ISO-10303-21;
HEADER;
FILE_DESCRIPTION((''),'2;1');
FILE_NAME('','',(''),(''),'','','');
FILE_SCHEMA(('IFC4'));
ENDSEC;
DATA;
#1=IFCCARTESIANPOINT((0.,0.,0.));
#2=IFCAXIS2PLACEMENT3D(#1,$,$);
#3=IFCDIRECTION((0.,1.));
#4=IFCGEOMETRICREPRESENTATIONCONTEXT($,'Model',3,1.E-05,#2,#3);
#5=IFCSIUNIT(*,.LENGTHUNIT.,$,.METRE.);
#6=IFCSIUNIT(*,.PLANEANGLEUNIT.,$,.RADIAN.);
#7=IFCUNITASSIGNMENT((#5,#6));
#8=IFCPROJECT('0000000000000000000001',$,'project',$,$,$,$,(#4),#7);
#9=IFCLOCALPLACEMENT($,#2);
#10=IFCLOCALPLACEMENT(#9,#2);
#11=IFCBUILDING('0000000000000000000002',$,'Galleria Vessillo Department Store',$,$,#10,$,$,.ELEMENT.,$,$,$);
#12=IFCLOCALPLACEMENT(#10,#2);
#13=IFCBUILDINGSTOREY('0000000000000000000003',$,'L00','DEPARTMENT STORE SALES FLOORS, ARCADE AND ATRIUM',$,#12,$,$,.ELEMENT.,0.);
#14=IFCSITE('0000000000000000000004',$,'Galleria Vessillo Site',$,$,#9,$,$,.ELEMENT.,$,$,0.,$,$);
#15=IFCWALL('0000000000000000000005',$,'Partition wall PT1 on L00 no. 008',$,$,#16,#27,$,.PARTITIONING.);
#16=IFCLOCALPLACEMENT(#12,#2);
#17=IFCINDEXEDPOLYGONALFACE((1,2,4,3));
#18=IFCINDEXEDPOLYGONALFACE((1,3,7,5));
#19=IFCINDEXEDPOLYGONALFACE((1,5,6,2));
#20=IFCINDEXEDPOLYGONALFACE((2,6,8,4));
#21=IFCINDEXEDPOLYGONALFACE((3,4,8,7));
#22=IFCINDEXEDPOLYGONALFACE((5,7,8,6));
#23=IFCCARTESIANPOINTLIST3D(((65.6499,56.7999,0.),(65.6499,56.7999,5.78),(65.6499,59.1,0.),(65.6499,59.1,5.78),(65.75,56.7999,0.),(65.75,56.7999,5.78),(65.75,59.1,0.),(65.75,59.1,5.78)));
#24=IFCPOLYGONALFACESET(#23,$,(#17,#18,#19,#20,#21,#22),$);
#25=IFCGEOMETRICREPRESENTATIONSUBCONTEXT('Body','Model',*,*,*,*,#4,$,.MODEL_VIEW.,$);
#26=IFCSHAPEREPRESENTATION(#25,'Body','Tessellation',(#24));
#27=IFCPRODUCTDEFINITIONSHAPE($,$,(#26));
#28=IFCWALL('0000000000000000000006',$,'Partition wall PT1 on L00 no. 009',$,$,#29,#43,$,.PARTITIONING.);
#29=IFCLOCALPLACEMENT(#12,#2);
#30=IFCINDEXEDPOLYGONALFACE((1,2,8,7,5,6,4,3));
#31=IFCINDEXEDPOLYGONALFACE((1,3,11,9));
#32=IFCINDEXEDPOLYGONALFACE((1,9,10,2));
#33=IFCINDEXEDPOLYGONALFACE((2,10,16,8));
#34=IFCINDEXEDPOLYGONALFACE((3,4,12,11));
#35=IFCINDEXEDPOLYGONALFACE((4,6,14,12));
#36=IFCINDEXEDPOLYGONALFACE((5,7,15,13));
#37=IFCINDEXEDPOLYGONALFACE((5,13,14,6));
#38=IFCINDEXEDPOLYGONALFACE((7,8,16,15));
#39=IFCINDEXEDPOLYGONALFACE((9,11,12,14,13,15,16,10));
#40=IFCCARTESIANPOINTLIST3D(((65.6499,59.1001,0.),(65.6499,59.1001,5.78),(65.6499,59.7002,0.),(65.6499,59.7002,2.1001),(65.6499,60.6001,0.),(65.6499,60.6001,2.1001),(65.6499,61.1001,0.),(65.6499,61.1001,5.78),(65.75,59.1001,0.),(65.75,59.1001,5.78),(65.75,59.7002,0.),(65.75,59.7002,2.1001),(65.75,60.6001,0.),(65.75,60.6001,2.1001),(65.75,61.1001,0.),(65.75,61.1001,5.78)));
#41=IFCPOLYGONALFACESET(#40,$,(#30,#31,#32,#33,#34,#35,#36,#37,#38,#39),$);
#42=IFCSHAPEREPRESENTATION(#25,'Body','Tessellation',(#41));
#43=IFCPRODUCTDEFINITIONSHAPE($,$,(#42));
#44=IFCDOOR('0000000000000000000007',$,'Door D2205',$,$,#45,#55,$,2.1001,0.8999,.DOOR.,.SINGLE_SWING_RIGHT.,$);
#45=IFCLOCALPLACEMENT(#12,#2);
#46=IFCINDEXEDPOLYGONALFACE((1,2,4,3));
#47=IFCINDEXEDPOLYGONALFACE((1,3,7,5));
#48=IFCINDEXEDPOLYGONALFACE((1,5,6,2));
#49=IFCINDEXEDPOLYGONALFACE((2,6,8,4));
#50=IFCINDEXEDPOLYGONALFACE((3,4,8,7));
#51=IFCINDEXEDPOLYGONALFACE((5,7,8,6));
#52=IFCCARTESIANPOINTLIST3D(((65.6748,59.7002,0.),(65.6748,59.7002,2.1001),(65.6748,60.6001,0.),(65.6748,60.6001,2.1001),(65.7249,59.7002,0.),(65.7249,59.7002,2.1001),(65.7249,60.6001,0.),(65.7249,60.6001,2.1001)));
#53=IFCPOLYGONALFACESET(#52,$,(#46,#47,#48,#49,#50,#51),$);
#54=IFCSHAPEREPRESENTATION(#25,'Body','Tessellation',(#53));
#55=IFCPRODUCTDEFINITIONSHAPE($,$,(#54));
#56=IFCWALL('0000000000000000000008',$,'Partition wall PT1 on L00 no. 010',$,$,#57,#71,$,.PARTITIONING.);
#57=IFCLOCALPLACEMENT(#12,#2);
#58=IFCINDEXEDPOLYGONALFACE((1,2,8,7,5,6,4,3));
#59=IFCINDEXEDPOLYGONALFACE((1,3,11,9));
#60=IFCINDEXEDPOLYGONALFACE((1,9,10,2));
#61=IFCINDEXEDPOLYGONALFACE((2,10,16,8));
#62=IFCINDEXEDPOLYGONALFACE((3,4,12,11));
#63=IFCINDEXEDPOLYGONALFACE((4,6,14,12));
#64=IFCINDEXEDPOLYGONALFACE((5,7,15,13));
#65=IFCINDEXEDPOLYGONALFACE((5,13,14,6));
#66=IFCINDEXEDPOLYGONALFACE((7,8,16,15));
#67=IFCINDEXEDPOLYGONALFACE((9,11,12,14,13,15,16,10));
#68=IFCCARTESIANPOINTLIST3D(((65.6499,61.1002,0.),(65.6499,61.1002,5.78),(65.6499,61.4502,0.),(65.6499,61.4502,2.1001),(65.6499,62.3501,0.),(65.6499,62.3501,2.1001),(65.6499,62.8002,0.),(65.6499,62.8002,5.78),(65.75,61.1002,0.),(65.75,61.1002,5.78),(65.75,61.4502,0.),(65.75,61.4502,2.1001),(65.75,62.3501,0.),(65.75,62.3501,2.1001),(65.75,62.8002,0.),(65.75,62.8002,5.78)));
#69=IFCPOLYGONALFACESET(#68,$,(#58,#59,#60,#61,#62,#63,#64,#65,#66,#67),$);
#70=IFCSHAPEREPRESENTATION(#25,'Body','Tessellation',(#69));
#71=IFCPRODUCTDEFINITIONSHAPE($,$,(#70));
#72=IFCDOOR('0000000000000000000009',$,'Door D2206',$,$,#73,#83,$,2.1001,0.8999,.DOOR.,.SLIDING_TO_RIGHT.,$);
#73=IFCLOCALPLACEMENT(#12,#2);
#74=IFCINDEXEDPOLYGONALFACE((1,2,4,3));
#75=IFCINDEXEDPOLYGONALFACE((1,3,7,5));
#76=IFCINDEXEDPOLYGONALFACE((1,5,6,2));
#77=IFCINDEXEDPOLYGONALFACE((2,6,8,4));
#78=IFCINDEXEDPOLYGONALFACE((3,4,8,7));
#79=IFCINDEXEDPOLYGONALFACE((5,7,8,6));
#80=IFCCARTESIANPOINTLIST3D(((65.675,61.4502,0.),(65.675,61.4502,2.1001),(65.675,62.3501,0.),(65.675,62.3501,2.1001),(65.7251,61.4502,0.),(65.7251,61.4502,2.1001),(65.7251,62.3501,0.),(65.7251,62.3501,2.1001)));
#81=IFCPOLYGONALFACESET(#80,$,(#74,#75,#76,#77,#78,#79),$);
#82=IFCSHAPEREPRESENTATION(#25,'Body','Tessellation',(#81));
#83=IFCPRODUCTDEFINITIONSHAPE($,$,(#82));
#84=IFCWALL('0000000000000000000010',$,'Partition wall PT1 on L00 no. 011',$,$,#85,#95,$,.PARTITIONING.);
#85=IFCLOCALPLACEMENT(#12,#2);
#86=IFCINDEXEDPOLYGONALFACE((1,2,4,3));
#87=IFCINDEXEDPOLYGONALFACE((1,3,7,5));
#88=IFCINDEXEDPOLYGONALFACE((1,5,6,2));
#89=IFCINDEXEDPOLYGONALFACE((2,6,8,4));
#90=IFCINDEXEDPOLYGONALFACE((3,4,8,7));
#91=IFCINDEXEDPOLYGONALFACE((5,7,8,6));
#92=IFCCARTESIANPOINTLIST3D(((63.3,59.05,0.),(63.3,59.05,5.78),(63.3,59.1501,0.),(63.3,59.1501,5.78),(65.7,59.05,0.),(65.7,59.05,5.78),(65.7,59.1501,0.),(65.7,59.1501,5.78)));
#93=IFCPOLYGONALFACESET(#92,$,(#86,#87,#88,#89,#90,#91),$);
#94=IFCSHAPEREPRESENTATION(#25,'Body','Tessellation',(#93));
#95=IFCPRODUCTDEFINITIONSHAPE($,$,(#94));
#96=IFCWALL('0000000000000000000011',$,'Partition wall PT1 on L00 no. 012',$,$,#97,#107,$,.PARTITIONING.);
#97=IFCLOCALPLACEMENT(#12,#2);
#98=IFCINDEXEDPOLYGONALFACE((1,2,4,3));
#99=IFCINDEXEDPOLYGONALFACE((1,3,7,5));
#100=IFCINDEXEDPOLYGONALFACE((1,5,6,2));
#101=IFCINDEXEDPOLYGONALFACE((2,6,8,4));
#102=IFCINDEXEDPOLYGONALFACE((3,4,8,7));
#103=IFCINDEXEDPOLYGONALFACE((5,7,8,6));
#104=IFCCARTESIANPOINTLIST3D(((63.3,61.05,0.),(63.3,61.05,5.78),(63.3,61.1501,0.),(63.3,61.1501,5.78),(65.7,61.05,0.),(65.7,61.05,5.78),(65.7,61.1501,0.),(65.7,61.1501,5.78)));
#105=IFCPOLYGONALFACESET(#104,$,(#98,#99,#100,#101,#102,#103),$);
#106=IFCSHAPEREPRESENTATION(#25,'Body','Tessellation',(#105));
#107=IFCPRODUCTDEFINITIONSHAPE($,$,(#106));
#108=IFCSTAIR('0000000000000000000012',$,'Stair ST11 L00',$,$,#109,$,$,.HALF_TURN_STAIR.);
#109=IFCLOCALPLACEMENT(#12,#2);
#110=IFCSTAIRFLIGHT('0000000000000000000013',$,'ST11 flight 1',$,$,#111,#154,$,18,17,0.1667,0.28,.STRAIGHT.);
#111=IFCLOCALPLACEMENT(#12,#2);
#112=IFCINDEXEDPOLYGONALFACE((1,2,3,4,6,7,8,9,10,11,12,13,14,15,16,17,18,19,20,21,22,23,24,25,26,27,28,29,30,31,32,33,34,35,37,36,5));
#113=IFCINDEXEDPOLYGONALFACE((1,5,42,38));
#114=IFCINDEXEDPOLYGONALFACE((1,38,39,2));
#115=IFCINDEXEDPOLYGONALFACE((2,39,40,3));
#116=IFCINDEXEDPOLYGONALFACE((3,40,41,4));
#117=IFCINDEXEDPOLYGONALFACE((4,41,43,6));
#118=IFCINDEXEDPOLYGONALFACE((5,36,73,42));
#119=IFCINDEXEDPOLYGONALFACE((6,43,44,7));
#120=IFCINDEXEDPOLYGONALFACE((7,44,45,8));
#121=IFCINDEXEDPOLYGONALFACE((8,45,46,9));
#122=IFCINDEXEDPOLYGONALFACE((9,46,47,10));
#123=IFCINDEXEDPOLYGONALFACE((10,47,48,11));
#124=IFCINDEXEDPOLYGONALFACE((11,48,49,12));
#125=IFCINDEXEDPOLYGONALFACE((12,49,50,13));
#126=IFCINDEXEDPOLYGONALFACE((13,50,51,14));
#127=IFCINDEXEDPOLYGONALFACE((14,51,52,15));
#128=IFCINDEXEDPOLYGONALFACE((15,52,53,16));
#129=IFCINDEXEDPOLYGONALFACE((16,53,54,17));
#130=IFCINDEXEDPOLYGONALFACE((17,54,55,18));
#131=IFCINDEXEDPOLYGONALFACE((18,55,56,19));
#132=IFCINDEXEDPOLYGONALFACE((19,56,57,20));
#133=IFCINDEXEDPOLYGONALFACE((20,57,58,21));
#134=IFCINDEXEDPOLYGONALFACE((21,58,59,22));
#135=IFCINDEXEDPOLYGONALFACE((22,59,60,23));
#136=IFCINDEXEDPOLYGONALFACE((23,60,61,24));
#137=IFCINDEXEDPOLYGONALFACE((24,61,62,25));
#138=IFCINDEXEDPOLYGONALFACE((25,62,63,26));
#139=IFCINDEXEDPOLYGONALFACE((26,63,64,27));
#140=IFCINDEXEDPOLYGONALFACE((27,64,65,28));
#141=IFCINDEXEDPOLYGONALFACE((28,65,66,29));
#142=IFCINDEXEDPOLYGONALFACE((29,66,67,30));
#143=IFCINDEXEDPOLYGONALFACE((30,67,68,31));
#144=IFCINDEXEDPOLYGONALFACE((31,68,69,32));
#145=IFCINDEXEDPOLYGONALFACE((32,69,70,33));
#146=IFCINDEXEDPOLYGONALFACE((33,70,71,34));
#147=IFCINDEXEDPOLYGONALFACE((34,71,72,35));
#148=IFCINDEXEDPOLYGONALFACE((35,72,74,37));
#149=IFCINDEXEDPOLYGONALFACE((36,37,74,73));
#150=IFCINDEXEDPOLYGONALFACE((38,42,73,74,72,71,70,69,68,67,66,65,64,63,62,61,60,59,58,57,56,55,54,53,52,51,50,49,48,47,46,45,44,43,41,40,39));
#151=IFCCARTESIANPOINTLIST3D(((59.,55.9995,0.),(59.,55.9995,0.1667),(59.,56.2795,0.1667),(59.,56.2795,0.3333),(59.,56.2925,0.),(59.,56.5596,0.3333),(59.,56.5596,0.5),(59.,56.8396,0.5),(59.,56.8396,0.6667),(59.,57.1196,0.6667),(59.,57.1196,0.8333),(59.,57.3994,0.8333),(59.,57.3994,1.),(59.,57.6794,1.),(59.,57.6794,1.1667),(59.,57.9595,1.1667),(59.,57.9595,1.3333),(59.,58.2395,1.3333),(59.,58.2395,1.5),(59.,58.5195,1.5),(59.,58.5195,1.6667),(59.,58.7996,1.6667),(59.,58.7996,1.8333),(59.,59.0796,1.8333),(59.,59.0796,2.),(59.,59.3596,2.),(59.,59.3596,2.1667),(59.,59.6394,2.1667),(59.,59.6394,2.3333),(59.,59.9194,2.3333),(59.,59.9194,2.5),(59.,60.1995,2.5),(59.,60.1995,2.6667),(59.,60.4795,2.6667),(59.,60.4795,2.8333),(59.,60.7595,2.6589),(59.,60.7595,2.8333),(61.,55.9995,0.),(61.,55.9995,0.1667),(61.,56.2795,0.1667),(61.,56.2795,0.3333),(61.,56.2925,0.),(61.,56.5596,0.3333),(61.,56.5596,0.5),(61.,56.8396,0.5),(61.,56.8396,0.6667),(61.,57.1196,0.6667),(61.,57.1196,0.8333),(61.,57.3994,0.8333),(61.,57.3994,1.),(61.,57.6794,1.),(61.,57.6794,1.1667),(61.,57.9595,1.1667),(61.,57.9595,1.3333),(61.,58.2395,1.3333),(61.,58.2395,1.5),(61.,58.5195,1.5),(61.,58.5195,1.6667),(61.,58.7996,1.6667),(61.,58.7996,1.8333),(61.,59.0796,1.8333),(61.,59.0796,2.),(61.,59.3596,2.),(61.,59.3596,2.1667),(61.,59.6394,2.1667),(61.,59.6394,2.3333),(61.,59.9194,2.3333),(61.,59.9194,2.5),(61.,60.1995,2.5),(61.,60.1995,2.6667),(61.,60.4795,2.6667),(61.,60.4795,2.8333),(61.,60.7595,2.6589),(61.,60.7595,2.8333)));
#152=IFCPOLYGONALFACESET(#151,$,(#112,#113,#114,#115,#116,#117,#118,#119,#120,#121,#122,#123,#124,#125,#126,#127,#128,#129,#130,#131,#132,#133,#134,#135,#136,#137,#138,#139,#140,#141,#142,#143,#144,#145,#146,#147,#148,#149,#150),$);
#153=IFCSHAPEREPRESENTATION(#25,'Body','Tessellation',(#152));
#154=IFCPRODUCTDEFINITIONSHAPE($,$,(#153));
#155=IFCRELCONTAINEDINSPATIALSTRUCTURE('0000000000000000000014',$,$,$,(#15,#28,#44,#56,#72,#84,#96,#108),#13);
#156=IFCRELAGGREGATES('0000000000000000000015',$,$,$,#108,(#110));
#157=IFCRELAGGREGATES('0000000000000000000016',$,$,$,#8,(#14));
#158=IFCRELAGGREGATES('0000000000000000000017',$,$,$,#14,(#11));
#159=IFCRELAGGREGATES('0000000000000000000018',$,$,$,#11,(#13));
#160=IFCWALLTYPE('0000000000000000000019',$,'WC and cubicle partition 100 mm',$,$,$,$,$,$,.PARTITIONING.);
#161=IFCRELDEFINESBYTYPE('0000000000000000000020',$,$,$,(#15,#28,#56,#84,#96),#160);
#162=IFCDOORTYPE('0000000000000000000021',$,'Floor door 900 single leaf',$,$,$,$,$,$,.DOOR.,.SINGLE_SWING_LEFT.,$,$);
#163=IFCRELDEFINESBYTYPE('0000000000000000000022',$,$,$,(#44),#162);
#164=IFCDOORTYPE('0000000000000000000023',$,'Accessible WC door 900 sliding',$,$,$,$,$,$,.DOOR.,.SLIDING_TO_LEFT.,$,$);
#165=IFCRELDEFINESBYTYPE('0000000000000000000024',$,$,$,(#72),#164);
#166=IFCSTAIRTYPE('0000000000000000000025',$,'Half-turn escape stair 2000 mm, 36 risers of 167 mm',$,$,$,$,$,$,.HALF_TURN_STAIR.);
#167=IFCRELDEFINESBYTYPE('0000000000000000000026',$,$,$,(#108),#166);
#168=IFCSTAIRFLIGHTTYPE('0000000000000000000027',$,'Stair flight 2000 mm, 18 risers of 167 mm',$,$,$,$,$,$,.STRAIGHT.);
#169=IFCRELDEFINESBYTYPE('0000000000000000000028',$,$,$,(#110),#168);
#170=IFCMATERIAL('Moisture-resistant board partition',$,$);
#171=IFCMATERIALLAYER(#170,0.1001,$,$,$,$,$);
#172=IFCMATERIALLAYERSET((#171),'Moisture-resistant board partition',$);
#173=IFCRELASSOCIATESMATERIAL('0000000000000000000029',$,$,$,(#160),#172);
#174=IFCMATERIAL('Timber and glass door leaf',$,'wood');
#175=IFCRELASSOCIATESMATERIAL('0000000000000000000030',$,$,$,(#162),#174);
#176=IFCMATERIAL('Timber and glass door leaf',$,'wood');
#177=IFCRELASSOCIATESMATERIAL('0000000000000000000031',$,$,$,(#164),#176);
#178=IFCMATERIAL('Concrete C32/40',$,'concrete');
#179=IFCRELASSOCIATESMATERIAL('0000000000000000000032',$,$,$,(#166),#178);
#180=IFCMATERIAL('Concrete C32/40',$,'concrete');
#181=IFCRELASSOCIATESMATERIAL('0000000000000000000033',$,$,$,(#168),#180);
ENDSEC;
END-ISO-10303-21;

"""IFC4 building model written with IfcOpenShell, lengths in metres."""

from ifc_helpers import new_model, si_unit, direction, frame, frame_2d, origin, place, context, subcontext, project, spatial, polyline, rectangle, outline, extrude, material, layer, layer_set, type_object, element, fill, aggregate, save


model = new_model("IFC4")

# Units and contexts
model_context = context("Model", 3, precision=1e-05, world=origin(), true_north=direction((0.0, 1.0)))
body_context = subcontext(model_context, "Body", "Model", "MODEL_VIEW")
ifc_project = project(units=[si_unit("LENGTHUNIT", "METRE"), si_unit("PLANEANGLEUNIT", "RADIAN")], contexts=[model_context])

# Site, building, storey
site_placement = place(None, origin())
site = spatial("IfcSite", under=ifc_project, at=site_placement, Name="Galleria Vessillo Site", CompositionType="ELEMENT", RefElevation=0.0)
building_placement = place(site_placement, origin())
building = spatial("IfcBuilding", under=site, at=building_placement, Name="Galleria Vessillo Department Store", CompositionType="ELEMENT")
storey_placement = place(building_placement, origin())
storey = spatial("IfcBuildingStorey", under=building, at=storey_placement, Name="L00", Description="DEPARTMENT STORE SALES FLOORS, ARCADE AND ATRIUM", CompositionType="ELEMENT", Elevation=0.0)

# Shared definitions
ifc_material_1 = material(Name="Moisture-resistant board partition")
ifc_layer_1 = layer(ifc_material_1, 0.1001)
ifc_layer_set_1 = layer_set([ifc_layer_1], Name="Moisture-resistant board partition")
wall_type_1 = type_object("IfcWallType", Name="WC and cubicle partition 100 mm", PredefinedType="PARTITIONING", material=ifc_layer_set_1)
ifc_material_2 = material(Name="Timber and glass door leaf", Category="wood")
door_type_1 = type_object("IfcDoorType", Name="Floor door 900 single leaf", OperationType="SINGLE_SWING_LEFT", PredefinedType="DOOR", material=ifc_material_2)

# Wall
wall_1_placement = place(storey_placement, frame((65.7, 56.8, 0.0), z_axis=(0.0, 0.0, 1.0), x_axis=(0.0, 1.0, 0.0)))
element("IfcWall", 1, at=wall_1_placement, inside=storey, type_object=wall_type_1, Name="Partition wall PT1 on L00 no. 008", PredefinedType="PARTITIONING", context=body_context, shape_type="SweptSolid", body=[
    extrude(rectangle(XDim=2.3, YDim=0.1001, at=frame_2d((1.1499, 0.0))), origin(), (0.0, 0.0, 1.0), 5.78),
])

# Walls, openings, doors
wall_2_placement = place(storey_placement, frame((65.7, 59.1001, 0.0), z_axis=(0.0, 0.0, 1.0), x_axis=(0.0, 1.0, 0.0)))
wall_2 = element("IfcWall", 2, at=wall_2_placement, inside=storey, type_object=wall_type_1, Name="Partition wall PT1 on L00 no. 009", PredefinedType="PARTITIONING", context=body_context, shape_type="SweptSolid", body=[
    extrude(rectangle(XDim=2.0, YDim=0.1001, at=frame_2d((1.0, 0.0))), origin(), (0.0, 0.0, 1.0), 5.78),
])
opening_1_placement = place(wall_2_placement, frame((0.6001, 0.0, 0.0)))
opening_1 = element("IfcOpeningElement", 3, at=opening_1_placement, cuts=wall_2, PredefinedType="OPENING", context=body_context, shape_type="SweptSolid", body=[
    extrude(rectangle(XDim=0.8999, YDim=2.1001, at=frame_2d((0.45, 1.05))), frame((0.0, 0.0601, 0.0), z_axis=(0.0, -1.0, 0.0), x_axis=(1.0, 0.0, 0.0)), (0.0, 0.0, 1.0), 0.1201),
])
door_1_placement = place(opening_1_placement, frame((0.8999, 0.0, 0.0), z_axis=(0.0, 0.0, 1.0), x_axis=(-1.0, 0.0, 0.0)))
door_1 = element("IfcDoor", 4, at=door_1_placement, inside=storey, type_object=door_type_1, Name="Door D2205", OperationType="SINGLE_SWING_RIGHT", OverallHeight=2.1001, OverallWidth=0.8999, PredefinedType="DOOR", context=body_context, shape_type="SweptSolid", body=[
    extrude(rectangle(XDim=0.8999, YDim=2.1001, at=frame_2d((0.45, 1.05))), frame((0.0, 0.0249, 0.0), z_axis=(0.0, -1.0, 0.0), x_axis=(1.0, 0.0, 0.0)), (0.0, 0.0, 1.0), 0.05),
])
fill(opening_1, door_1)
wall_3_placement = place(storey_placement, frame((65.7, 61.1001, 0.0), z_axis=(0.0, 0.0, 1.0), x_axis=(0.0, 1.0, 0.0)))
wall_3 = element("IfcWall", 5, at=wall_3_placement, inside=storey, type_object=wall_type_1, Name="Partition wall PT1 on L00 no. 010", PredefinedType="PARTITIONING", context=body_context, shape_type="SweptSolid", body=[
    extrude(rectangle(XDim=1.7, YDim=0.1001, at=frame_2d((0.8501, 0.0))), origin(), (0.0, 0.0, 1.0), 5.78),
])
opening_2_placement = place(wall_3_placement, frame((0.3501, 0.0, 0.0)))
opening_2 = element("IfcOpeningElement", 6, at=opening_2_placement, cuts=wall_3, PredefinedType="OPENING", context=body_context, shape_type="SweptSolid", body=[
    extrude(rectangle(XDim=0.8999, YDim=2.1001, at=frame_2d((0.45, 1.05))), frame((0.0, 0.0601, 0.0), z_axis=(0.0, -1.0, 0.0), x_axis=(1.0, 0.0, 0.0)), (0.0, 0.0, 1.0), 0.1201),
])
ifc_material_3 = material(Name="Timber and glass door leaf", Category="wood")
door_type_2 = type_object("IfcDoorType", Name="Accessible WC door 900 sliding", OperationType="SLIDING_TO_LEFT", PredefinedType="DOOR", material=ifc_material_3)
door_2_placement = place(opening_2_placement, origin())
door_2 = element("IfcDoor", 7, at=door_2_placement, inside=storey, type_object=door_type_2, Name="Door D2206", OperationType="SLIDING_TO_RIGHT", OverallHeight=2.1001, OverallWidth=0.8999, PredefinedType="DOOR", context=body_context, shape_type="SweptSolid", body=[
    extrude(rectangle(XDim=0.8999, YDim=2.1001, at=frame_2d((0.45, 1.05))), frame((0.0, 0.0249, 0.0), z_axis=(0.0, -1.0, 0.0), x_axis=(1.0, 0.0, 0.0)), (0.0, 0.0, 1.0), 0.05),
])
fill(opening_2, door_2)

# Walls
for number, where, z_axis, x_axis, name in (
    (8, (63.3, 59.1001, 0.0), (0.0, 0.0, 1.0), (1.0, 0.0, 0.0), "Partition wall PT1 on L00 no. 011"),
    (9, (63.3, 61.1001, 0.0), (0.0, 0.0, 1.0), (1.0, 0.0, 0.0), "Partition wall PT1 on L00 no. 012"),
):
    element("IfcWall", number, at=place(storey_placement, frame(where, z_axis=z_axis, x_axis=x_axis)), inside=storey, type_object=wall_type_1, Name=name, PredefinedType="PARTITIONING", context=body_context, shape_type="SweptSolid", body=[
        extrude(rectangle(XDim=2.3999, YDim=0.1001, at=frame_2d((1.2, 0.0))), origin(), (0.0, 0.0, 1.0), 5.78),
    ])

# Stair, stair flight
ifc_material_4 = material(Name="Concrete C32/40", Category="concrete")
stair_type = type_object("IfcStairType", Name="Half-turn escape stair 2000 mm, 36 risers of 167 mm", PredefinedType="HALF_TURN_STAIR", material=ifc_material_4)
stair_placement = place(storey_placement, origin())
stair = element("IfcStair", 10, at=stair_placement, inside=storey, type_object=stair_type, Name="Stair ST11 L00", PredefinedType="HALF_TURN_STAIR")
ifc_material_5 = material(Name="Concrete C32/40", Category="concrete")
stair_flight_type = type_object("IfcStairFlightType", Name="Stair flight 2000 mm, 18 risers of 167 mm", PredefinedType="STRAIGHT", material=ifc_material_5)
stair_flight_1_placement = place(storey_placement, frame((60.0, 55.9995, 0.0), z_axis=(0.0, 0.0, 1.0), x_axis=(0.0, 1.0, 0.0)))
stair_flight_1 = element("IfcStairFlight", 11, at=stair_flight_1_placement, type_object=stair_flight_type, Name="ST11 flight 1", NumberOfRisers=18, NumberOfTreads=17, PredefinedType="STRAIGHT", RiserHeight=0.1667, TreadLength=0.28, context=body_context, shape_type="SweptSolid", body=[
    extrude(outline(polyline([(0.0, 0.0), (0.0, 0.1667), (0.28, 0.1667), (0.28, 0.3333), (0.5601, 0.3333), (0.5601, 0.5), (0.8401, 0.5), (0.8401, 0.6667), (1.1201, 0.6667), (1.1201, 0.8333), (1.3999, 0.8333), (1.3999, 1.0), (1.6799, 1.0), (1.6799, 1.1667), (1.96, 1.1667), (1.96, 1.3333), (2.24, 1.3333), (2.24, 1.5), (2.52, 1.5), (2.52, 1.6667), (2.8, 1.6667), (2.8, 1.8333), (3.0801, 1.8333), (3.0801, 2.0), (3.3601, 2.0), (3.3601, 2.1667), (3.6399, 2.1667), (3.6399, 2.3333), (3.9199, 2.3333), (3.9199, 2.5), (4.2, 2.5), (4.2, 2.6667), (4.48, 2.6667), (4.48, 2.8333), (4.76, 2.8333), (4.76, 3.0), (4.76, 2.6589), (0.293, 0.0), (0.0, 0.0)])), frame((0.0, 1.0, 0.0), z_axis=(0.0, -1.0, 0.0), x_axis=(1.0, 0.0, 0.0)), (0.0, 0.0, 1.0), 2.0),
])
aggregate(stair, [stair_flight_1])

save(model, "model.ifc")
